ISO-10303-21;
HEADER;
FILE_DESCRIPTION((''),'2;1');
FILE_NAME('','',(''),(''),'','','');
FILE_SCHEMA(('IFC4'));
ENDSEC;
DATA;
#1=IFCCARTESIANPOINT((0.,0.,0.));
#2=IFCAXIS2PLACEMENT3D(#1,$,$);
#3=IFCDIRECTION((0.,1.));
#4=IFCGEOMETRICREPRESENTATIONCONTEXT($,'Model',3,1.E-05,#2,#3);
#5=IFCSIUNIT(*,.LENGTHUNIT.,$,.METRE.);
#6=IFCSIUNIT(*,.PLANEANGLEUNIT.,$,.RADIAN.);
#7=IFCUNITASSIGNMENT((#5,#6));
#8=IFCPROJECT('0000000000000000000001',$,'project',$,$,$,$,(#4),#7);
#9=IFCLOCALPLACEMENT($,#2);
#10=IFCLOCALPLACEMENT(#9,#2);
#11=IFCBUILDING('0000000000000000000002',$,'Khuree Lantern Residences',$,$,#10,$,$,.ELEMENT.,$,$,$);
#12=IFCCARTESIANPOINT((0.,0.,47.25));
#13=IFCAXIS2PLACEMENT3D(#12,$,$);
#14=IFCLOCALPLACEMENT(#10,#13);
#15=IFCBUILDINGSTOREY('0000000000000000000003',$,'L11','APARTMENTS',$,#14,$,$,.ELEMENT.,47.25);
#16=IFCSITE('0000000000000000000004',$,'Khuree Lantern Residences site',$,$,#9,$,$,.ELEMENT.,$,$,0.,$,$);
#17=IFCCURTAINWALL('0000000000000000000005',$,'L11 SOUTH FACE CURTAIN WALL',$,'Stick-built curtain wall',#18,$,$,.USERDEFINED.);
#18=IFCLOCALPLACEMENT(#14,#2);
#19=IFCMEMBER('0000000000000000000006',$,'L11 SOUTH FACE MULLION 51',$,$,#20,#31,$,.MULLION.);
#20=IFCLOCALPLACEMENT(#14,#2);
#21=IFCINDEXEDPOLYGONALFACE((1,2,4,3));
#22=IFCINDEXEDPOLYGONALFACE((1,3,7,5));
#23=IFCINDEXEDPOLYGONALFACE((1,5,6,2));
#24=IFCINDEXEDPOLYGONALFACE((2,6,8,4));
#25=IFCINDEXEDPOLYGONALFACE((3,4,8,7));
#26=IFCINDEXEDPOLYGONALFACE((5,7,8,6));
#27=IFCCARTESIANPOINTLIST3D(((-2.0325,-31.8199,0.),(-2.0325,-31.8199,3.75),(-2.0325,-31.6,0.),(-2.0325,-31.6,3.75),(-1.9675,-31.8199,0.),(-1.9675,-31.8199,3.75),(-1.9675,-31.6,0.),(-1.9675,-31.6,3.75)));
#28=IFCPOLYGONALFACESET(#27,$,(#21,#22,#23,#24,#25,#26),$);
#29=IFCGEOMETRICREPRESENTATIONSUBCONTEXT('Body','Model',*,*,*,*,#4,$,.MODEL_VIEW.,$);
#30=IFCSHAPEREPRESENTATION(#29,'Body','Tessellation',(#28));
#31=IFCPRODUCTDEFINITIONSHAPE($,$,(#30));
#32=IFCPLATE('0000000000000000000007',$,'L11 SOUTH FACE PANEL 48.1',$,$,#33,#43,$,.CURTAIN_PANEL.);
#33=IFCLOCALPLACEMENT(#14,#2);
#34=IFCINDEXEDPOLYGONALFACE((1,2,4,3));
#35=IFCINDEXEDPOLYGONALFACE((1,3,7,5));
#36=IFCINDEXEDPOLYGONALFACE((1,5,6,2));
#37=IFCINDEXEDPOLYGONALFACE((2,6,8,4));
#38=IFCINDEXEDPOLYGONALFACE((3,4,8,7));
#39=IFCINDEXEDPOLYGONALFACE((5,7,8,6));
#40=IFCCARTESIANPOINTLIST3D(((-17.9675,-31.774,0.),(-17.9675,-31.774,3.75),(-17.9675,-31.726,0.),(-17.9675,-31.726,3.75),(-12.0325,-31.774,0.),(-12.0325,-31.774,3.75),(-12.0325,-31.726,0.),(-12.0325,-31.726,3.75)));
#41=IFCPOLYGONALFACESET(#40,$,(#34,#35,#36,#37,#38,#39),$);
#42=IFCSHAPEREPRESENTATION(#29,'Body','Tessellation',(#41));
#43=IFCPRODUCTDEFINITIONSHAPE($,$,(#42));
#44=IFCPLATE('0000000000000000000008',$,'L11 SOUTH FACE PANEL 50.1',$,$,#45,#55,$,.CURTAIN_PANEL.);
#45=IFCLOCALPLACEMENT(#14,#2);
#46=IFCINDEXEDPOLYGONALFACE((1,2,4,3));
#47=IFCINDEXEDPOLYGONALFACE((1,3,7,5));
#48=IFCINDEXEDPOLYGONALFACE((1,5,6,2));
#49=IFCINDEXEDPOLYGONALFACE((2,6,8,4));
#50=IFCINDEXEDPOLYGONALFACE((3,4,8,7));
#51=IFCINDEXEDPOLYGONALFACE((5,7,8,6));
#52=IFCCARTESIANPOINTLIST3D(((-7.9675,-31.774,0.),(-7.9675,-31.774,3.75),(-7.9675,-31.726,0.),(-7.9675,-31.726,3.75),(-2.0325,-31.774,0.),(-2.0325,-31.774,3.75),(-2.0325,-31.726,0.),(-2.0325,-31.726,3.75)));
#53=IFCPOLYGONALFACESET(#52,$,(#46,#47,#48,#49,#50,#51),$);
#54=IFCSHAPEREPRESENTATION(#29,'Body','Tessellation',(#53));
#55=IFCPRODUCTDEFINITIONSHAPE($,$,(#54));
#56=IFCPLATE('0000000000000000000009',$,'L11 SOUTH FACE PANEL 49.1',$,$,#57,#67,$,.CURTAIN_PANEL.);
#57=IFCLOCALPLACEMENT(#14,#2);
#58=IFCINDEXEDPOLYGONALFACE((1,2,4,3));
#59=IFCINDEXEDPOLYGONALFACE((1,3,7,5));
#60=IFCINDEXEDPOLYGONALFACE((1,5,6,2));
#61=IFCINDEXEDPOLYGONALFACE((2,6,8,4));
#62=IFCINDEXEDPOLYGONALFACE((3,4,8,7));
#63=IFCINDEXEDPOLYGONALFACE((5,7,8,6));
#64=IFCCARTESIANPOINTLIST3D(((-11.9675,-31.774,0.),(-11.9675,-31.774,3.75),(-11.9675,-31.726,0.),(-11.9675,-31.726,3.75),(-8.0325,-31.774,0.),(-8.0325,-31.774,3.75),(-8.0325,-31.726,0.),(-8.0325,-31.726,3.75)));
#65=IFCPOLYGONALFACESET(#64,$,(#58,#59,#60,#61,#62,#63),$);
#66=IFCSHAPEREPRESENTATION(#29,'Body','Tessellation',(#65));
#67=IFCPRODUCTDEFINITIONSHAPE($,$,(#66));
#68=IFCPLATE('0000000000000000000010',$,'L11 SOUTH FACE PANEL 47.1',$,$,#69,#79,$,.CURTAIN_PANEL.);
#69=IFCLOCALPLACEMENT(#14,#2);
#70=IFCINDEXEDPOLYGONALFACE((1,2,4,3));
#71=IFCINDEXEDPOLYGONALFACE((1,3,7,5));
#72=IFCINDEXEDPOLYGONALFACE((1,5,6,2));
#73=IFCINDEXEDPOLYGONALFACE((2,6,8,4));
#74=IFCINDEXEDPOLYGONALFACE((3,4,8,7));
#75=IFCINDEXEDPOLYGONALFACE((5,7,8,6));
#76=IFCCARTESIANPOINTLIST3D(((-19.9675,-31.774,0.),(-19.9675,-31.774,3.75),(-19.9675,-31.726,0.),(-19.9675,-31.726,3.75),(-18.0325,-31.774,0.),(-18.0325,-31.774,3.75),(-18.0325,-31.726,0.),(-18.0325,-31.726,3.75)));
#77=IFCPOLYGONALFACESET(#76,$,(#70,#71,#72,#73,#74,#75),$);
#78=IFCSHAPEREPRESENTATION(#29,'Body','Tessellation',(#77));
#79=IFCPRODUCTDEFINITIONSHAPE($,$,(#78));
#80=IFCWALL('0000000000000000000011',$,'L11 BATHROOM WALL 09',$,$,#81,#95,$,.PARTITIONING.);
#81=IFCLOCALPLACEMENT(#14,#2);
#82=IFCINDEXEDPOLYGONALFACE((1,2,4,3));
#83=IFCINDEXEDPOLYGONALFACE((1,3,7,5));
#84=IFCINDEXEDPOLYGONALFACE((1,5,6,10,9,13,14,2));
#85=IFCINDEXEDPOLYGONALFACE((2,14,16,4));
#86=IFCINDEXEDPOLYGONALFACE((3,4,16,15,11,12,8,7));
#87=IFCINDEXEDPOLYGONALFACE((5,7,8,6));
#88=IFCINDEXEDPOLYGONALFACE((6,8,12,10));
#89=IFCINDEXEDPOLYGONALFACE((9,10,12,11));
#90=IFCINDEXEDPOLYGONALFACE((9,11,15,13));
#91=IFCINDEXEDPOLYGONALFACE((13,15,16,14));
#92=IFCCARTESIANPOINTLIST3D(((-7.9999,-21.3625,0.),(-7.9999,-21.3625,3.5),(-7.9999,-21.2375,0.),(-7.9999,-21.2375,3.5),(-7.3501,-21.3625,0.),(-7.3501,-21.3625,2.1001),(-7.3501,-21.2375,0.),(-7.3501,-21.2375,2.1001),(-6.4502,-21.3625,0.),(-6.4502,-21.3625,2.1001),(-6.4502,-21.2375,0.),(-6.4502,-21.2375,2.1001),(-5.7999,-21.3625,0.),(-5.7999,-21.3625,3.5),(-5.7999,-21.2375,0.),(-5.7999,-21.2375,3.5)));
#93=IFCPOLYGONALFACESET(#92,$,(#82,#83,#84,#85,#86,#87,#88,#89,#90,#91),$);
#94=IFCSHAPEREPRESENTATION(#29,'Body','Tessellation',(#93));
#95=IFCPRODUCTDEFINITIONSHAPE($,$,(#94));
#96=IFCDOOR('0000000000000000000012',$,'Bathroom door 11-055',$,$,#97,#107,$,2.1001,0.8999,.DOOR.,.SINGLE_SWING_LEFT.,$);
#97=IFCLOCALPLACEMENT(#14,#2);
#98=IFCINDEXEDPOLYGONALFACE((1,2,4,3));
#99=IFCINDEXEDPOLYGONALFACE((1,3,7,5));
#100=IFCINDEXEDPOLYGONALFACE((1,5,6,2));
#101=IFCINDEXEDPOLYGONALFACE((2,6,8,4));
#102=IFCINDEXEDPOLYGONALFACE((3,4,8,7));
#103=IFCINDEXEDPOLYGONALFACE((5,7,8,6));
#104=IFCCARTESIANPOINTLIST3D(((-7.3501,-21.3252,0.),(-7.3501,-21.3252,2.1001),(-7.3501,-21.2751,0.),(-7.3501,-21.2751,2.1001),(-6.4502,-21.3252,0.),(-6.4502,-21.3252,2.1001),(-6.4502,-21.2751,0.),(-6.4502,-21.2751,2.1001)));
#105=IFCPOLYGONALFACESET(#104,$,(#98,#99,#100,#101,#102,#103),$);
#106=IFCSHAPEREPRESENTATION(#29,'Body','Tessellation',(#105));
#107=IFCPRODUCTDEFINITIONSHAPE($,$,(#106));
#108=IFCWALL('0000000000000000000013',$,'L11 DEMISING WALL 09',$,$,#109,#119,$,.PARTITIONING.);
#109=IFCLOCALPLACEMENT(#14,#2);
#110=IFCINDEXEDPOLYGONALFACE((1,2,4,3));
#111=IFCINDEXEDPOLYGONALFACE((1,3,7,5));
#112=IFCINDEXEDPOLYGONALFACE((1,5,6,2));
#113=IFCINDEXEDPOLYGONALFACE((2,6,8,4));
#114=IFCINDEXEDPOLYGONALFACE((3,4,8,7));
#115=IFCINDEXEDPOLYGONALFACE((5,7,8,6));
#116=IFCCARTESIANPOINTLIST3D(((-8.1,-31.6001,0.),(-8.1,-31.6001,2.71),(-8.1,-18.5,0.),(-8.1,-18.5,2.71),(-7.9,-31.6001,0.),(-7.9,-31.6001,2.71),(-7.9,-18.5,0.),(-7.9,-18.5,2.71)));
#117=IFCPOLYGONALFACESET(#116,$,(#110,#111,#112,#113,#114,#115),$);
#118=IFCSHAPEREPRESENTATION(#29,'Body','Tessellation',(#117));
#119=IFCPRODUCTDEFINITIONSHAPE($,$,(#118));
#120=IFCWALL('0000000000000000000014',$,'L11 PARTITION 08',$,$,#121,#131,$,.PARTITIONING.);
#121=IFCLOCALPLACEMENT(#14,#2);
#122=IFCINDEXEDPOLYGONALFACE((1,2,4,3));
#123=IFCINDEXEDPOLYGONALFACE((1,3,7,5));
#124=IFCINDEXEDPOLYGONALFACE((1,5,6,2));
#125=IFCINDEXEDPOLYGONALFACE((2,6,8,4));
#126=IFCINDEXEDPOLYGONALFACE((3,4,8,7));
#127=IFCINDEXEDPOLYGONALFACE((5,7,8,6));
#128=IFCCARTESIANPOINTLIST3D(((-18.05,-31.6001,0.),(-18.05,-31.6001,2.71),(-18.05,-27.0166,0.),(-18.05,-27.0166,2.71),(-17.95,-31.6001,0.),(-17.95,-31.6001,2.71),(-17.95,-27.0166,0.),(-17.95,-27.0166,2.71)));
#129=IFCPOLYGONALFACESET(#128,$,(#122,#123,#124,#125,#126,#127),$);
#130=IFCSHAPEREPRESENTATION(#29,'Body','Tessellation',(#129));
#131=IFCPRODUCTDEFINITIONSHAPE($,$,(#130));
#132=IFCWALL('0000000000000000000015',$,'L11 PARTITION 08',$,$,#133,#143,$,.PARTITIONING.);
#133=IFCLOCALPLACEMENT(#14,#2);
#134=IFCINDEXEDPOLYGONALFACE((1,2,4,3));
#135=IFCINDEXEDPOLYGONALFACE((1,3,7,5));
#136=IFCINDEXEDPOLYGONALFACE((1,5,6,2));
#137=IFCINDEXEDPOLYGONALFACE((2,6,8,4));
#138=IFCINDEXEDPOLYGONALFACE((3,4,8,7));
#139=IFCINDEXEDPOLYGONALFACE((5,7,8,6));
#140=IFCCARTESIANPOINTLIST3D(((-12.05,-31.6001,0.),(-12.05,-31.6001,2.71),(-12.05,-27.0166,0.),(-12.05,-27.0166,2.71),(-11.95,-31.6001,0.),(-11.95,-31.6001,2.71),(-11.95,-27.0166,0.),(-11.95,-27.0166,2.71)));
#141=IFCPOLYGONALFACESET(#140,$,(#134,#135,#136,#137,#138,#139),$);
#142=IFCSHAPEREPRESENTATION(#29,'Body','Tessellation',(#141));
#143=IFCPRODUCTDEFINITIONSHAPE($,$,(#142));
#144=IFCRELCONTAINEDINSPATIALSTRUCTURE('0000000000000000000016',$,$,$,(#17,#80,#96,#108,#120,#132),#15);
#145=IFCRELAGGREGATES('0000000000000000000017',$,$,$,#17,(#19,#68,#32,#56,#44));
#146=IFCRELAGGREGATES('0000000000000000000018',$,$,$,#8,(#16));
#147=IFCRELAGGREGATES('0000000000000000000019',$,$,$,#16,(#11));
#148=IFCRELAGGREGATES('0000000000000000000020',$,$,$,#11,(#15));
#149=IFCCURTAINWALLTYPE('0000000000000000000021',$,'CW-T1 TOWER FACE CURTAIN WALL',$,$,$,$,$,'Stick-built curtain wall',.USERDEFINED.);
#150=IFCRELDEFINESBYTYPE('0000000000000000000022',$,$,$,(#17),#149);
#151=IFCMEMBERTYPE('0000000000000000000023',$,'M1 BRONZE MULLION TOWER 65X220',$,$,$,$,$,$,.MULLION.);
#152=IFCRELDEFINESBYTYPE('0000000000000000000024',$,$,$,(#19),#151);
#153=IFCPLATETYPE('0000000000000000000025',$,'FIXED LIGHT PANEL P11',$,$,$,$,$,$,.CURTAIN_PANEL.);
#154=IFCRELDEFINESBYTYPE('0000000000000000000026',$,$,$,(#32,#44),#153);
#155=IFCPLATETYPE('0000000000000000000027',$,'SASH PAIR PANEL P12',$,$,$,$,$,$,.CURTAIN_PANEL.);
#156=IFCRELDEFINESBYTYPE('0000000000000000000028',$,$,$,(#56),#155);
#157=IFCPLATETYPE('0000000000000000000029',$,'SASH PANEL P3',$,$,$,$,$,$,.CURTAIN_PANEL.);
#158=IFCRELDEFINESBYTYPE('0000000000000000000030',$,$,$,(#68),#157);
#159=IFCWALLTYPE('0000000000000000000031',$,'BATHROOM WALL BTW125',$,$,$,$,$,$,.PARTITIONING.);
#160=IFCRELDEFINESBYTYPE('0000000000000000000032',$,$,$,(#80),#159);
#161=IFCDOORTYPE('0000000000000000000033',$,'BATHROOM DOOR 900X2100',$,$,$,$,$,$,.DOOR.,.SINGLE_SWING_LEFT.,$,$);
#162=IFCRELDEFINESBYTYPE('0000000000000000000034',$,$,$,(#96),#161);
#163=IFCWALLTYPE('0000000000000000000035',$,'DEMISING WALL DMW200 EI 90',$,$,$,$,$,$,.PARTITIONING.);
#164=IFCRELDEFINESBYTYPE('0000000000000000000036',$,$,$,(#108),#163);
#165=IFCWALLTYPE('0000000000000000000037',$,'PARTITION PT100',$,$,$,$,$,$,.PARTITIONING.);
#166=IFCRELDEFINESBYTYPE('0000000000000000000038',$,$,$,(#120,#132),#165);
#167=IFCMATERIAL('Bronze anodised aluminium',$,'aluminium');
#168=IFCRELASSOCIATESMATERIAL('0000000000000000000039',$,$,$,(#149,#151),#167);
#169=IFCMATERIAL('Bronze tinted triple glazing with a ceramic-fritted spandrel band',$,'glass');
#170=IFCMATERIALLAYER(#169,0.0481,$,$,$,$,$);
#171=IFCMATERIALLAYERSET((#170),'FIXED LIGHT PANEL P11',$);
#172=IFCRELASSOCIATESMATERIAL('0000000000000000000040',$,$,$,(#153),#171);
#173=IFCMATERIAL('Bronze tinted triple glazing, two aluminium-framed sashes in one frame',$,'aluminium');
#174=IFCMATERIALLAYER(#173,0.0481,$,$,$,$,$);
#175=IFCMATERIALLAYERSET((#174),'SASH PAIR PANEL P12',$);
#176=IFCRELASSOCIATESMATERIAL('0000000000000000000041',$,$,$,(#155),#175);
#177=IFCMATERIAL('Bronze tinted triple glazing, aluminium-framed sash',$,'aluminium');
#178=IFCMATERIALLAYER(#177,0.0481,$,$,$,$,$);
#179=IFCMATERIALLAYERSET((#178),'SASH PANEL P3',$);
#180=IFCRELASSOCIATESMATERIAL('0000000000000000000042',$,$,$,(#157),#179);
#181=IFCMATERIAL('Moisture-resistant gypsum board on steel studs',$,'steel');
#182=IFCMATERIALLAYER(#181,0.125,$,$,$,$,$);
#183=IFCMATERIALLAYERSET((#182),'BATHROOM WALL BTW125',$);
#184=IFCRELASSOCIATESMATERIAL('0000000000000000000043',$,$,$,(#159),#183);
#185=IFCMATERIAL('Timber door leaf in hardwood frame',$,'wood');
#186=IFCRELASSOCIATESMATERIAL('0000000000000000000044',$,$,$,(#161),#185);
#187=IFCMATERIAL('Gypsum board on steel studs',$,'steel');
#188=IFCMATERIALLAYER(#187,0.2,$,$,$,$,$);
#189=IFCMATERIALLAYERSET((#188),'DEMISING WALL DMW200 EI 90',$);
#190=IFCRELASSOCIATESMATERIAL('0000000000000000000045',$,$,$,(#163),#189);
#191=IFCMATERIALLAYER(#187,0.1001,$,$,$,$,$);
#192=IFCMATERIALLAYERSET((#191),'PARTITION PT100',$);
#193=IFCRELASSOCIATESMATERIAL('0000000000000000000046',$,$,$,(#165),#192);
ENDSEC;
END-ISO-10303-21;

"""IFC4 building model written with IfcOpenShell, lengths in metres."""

from ifc_helpers import new_model, si_unit, direction, frame, frame_2d, origin, origin_2d, place, context, subcontext, project, spatial, rectangle, extrude, material, layer, layer_set, material_profile, profile_set, type_object, element, fill, aggregate, save


model = new_model("IFC4")

# Units and contexts
model_context = context("Model", 3, precision=1e-05, world=origin(), true_north=direction((0.0, 1.0)))
body_context = subcontext(model_context, "Body", "Model", "MODEL_VIEW")
ifc_project = project(units=[si_unit("LENGTHUNIT", "METRE"), si_unit("PLANEANGLEUNIT", "RADIAN")], contexts=[model_context])

# Site, building, storey
site_placement = place(None, origin())
site = spatial("IfcSite", under=ifc_project, at=site_placement, Name="Khuree Lantern Residences site", CompositionType="ELEMENT", RefElevation=0.0)
building_placement = place(site_placement, origin())
building = spatial("IfcBuilding", under=site, at=building_placement, Name="Khuree Lantern Residences", CompositionType="ELEMENT")
storey_placement = place(building_placement, frame((0.0, 0.0, 47.25)))
storey = spatial("IfcBuildingStorey", under=building, at=storey_placement, Name="L11", Description="APARTMENTS", CompositionType="ELEMENT", Elevation=47.25)

# Curtain wall
ifc_material_1 = material(Name="Bronze anodised aluminium", Category="aluminium")
curtain_wall_type = type_object("IfcCurtainWallType", Name="CW-T1 TOWER FACE CURTAIN WALL", ElementType="Stick-built curtain wall", PredefinedType="USERDEFINED", material=ifc_material_1)
curtain_wall_placement = place(storey_placement, origin())
curtain_wall = element("IfcCurtainWall", 1, at=curtain_wall_placement, inside=storey, type_object=curtain_wall_type, Name="L11 SOUTH FACE CURTAIN WALL", ObjectType="Stick-built curtain wall", PredefinedType="USERDEFINED")

# Member
ifc_material_profile_1 = material_profile(ifc_material_1, rectangle(XDim=0.0649, YDim=0.22, at=origin_2d()), Name="M1 65X220")
ifc_profile_set_1 = profile_set([ifc_material_profile_1], Name="Bronze anodised aluminium")
member_type_1 = type_object("IfcMemberType", Name="M1 BRONZE MULLION TOWER 65X220", PredefinedType="MULLION", material=ifc_profile_set_1)
member_1_placement = place(storey_placement, frame((-2.0, -31.71, 0.0), z_axis=(0.0, 0.0, 1.0), x_axis=(1.0, 0.0, 0.0)))
member_1 = element("IfcMember", 2, at=member_1_placement, type_object=member_type_1, Name="L11 SOUTH FACE MULLION 51", PredefinedType="MULLION", context=body_context, shape_type="SweptSolid", body=[
    extrude(rectangle(XDim=0.0649, YDim=0.22, at=origin_2d()), origin(), (0.0, 0.0, 1.0), 3.75),
])

# Plates
ifc_material_2 = material(Name="Bronze tinted triple glazing with a ceramic-fritted spandrel band", Category="glass")
ifc_layer_1 = layer(ifc_material_2, 0.0481)
ifc_layer_set_1 = layer_set([ifc_layer_1], Name="FIXED LIGHT PANEL P11")
plate_type_1 = type_object("IfcPlateType", Name="FIXED LIGHT PANEL P11", PredefinedType="CURTAIN_PANEL", material=ifc_layer_set_1)
plate_1_placement = place(storey_placement, frame((-15.0, -31.75, 0.0), z_axis=(0.0, 0.0, 1.0), x_axis=(1.0, 0.0, 0.0)))
plate_1 = element("IfcPlate", 3, at=plate_1_placement, type_object=plate_type_1, Name="L11 SOUTH FACE PANEL 48.1", PredefinedType="CURTAIN_PANEL", context=body_context, shape_type="SweptSolid", body=[
    extrude(rectangle(XDim=5.9351, YDim=0.0481, at=origin_2d()), origin(), (0.0, 0.0, 1.0), 3.75),
])
plate_2_placement = place(storey_placement, frame((-5.0, -31.75, 0.0), z_axis=(0.0, 0.0, 1.0), x_axis=(1.0, 0.0, 0.0)))
plate_2 = element("IfcPlate", 4, at=plate_2_placement, type_object=plate_type_1, Name="L11 SOUTH FACE PANEL 50.1", PredefinedType="CURTAIN_PANEL", context=body_context, shape_type="SweptSolid", body=[
    extrude(rectangle(XDim=5.9351, YDim=0.0481, at=origin_2d()), origin(), (0.0, 0.0, 1.0), 3.75),
])
ifc_material_3 = material(Name="Bronze tinted triple glazing, two aluminium-framed sashes in one frame", Category="aluminium")
ifc_layer_2 = layer(ifc_material_3, 0.0481)
ifc_layer_set_2 = layer_set([ifc_layer_2], Name="SASH PAIR PANEL P12")
plate_type_2 = type_object("IfcPlateType", Name="SASH PAIR PANEL P12", PredefinedType="CURTAIN_PANEL", material=ifc_layer_set_2)
plate_3_placement = place(storey_placement, frame((-10.0, -31.75, 0.0), z_axis=(0.0, 0.0, 1.0), x_axis=(1.0, 0.0, 0.0)))
plate_3 = element("IfcPlate", 5, at=plate_3_placement, type_object=plate_type_2, Name="L11 SOUTH FACE PANEL 49.1", PredefinedType="CURTAIN_PANEL", context=body_context, shape_type="SweptSolid", body=[
    extrude(rectangle(XDim=3.9351, YDim=0.0481, at=origin_2d()), origin(), (0.0, 0.0, 1.0), 3.75),
])
ifc_material_4 = material(Name="Bronze tinted triple glazing, aluminium-framed sash", Category="aluminium")
ifc_layer_3 = layer(ifc_material_4, 0.0481)
ifc_layer_set_3 = layer_set([ifc_layer_3], Name="SASH PANEL P3")
plate_type_3 = type_object("IfcPlateType", Name="SASH PANEL P3", PredefinedType="CURTAIN_PANEL", material=ifc_layer_set_3)
plate_4_placement = place(storey_placement, frame((-19.0, -31.75, 0.0), z_axis=(0.0, 0.0, 1.0), x_axis=(1.0, 0.0, 0.0)))
plate_4 = element("IfcPlate", 6, at=plate_4_placement, type_object=plate_type_3, Name="L11 SOUTH FACE PANEL 47.1", PredefinedType="CURTAIN_PANEL", context=body_context, shape_type="SweptSolid", body=[
    extrude(rectangle(XDim=1.9351, YDim=0.0481, at=origin_2d()), origin(), (0.0, 0.0, 1.0), 3.75),
])
aggregate(curtain_wall, [member_1, plate_4, plate_1, plate_3, plate_2])

# Wall, opening, door
ifc_material_5 = material(Name="Moisture-resistant gypsum board on steel studs", Category="steel")
ifc_layer_4 = layer(ifc_material_5, 0.125)
ifc_layer_set_4 = layer_set([ifc_layer_4], Name="BATHROOM WALL BTW125")
wall_type_1 = type_object("IfcWallType", Name="BATHROOM WALL BTW125", PredefinedType="PARTITIONING", material=ifc_layer_set_4)
wall_1_placement = place(storey_placement, frame((-8.0, -21.3, 0.0), z_axis=(0.0, 0.0, 1.0), x_axis=(1.0, 0.0, 0.0)))
wall_1 = element("IfcWall", 7, at=wall_1_placement, inside=storey, type_object=wall_type_1, Name="L11 BATHROOM WALL 09", PredefinedType="PARTITIONING", context=body_context, shape_type="SweptSolid", body=[
    extrude(rectangle(XDim=2.2, YDim=0.125, at=frame_2d((1.1001, 0.0))), origin(), (0.0, 0.0, 1.0), 3.5),
])
opening_1_placement = place(wall_1_placement, frame((0.6499, 0.0, 0.0)))
opening_1 = element("IfcOpeningElement", 8, at=opening_1_placement, cuts=wall_1, PredefinedType="OPENING", context=body_context, shape_type="SweptSolid", body=[
    extrude(rectangle(XDim=0.8999, YDim=2.1001, at=frame_2d((0.45, 1.05))), frame((0.0, 0.0725, 0.0), z_axis=(0.0, -1.0, 0.0), x_axis=(1.0, 0.0, 0.0)), (0.0, 0.0, 1.0), 0.145),
])
ifc_material_6 = material(Name="Timber door leaf in hardwood frame", Category="wood")
door_type_1 = type_object("IfcDoorType", Name="BATHROOM DOOR 900X2100", OperationType="SINGLE_SWING_LEFT", PredefinedType="DOOR", material=ifc_material_6)
door_1_placement = place(opening_1_placement, origin())
door_1 = element("IfcDoor", 9, at=door_1_placement, inside=storey, type_object=door_type_1, Name="Bathroom door 11-055", OperationType="SINGLE_SWING_LEFT", OverallHeight=2.1001, OverallWidth=0.8999, PredefinedType="DOOR", context=body_context, shape_type="SweptSolid", body=[
    extrude(rectangle(XDim=0.8999, YDim=2.1001, at=frame_2d((0.45, 1.05))), frame((0.0, 0.0249, 0.0), z_axis=(0.0, -1.0, 0.0), x_axis=(1.0, 0.0, 0.0)), (0.0, 0.0, 1.0), 0.05),
])
fill(opening_1, door_1)

# Walls
ifc_material_7 = material(Name="Gypsum board on steel studs", Category="steel")
ifc_layer_5 = layer(ifc_material_7, 0.2)
ifc_layer_set_5 = layer_set([ifc_layer_5], Name="DEMISING WALL DMW200 EI 90")
wall_type_2 = type_object("IfcWallType", Name="DEMISING WALL DMW200 EI 90", PredefinedType="PARTITIONING", material=ifc_layer_set_5)
wall_2_placement = place(storey_placement, frame((-8.0, -18.5, 0.0), z_axis=(0.0, 0.0, 1.0), x_axis=(0.0, -1.0, 0.0)))
element("IfcWall", 10, at=wall_2_placement, inside=storey, type_object=wall_type_2, Name="L11 DEMISING WALL 09", PredefinedType="PARTITIONING", context=body_context, shape_type="SweptSolid", body=[
    extrude(rectangle(XDim=13.1001, YDim=0.2, at=frame_2d((6.55, 0.0))), origin(), (0.0, 0.0, 1.0), 2.71),
])
ifc_layer_6 = layer(ifc_material_7, 0.1001)
ifc_layer_set_6 = layer_set([ifc_layer_6], Name="PARTITION PT100")
wall_type_3 = type_object("IfcWallType", Name="PARTITION PT100", PredefinedType="PARTITIONING", material=ifc_layer_set_6)
for number, where, z_axis, x_axis, name in (
    (11, (-18.0, -27.0166, 0.0), (0.0, 0.0, 1.0), (0.0, -1.0, 0.0), "L11 PARTITION 08"),
    (12, (-12.0, -27.0166, 0.0), (0.0, 0.0, 1.0), (0.0, -1.0, 0.0), "L11 PARTITION 08"),
):
    element("IfcWall", number, at=place(storey_placement, frame(where, z_axis=z_axis, x_axis=x_axis)), inside=storey, type_object=wall_type_3, Name=name, PredefinedType="PARTITIONING", context=body_context, shape_type="SweptSolid", body=[
        extrude(rectangle(XDim=4.5835, YDim=0.1001, at=frame_2d((2.2917, 0.0))), origin(), (0.0, 0.0, 1.0), 2.71),
    ])

save(model, "model.ifc")
